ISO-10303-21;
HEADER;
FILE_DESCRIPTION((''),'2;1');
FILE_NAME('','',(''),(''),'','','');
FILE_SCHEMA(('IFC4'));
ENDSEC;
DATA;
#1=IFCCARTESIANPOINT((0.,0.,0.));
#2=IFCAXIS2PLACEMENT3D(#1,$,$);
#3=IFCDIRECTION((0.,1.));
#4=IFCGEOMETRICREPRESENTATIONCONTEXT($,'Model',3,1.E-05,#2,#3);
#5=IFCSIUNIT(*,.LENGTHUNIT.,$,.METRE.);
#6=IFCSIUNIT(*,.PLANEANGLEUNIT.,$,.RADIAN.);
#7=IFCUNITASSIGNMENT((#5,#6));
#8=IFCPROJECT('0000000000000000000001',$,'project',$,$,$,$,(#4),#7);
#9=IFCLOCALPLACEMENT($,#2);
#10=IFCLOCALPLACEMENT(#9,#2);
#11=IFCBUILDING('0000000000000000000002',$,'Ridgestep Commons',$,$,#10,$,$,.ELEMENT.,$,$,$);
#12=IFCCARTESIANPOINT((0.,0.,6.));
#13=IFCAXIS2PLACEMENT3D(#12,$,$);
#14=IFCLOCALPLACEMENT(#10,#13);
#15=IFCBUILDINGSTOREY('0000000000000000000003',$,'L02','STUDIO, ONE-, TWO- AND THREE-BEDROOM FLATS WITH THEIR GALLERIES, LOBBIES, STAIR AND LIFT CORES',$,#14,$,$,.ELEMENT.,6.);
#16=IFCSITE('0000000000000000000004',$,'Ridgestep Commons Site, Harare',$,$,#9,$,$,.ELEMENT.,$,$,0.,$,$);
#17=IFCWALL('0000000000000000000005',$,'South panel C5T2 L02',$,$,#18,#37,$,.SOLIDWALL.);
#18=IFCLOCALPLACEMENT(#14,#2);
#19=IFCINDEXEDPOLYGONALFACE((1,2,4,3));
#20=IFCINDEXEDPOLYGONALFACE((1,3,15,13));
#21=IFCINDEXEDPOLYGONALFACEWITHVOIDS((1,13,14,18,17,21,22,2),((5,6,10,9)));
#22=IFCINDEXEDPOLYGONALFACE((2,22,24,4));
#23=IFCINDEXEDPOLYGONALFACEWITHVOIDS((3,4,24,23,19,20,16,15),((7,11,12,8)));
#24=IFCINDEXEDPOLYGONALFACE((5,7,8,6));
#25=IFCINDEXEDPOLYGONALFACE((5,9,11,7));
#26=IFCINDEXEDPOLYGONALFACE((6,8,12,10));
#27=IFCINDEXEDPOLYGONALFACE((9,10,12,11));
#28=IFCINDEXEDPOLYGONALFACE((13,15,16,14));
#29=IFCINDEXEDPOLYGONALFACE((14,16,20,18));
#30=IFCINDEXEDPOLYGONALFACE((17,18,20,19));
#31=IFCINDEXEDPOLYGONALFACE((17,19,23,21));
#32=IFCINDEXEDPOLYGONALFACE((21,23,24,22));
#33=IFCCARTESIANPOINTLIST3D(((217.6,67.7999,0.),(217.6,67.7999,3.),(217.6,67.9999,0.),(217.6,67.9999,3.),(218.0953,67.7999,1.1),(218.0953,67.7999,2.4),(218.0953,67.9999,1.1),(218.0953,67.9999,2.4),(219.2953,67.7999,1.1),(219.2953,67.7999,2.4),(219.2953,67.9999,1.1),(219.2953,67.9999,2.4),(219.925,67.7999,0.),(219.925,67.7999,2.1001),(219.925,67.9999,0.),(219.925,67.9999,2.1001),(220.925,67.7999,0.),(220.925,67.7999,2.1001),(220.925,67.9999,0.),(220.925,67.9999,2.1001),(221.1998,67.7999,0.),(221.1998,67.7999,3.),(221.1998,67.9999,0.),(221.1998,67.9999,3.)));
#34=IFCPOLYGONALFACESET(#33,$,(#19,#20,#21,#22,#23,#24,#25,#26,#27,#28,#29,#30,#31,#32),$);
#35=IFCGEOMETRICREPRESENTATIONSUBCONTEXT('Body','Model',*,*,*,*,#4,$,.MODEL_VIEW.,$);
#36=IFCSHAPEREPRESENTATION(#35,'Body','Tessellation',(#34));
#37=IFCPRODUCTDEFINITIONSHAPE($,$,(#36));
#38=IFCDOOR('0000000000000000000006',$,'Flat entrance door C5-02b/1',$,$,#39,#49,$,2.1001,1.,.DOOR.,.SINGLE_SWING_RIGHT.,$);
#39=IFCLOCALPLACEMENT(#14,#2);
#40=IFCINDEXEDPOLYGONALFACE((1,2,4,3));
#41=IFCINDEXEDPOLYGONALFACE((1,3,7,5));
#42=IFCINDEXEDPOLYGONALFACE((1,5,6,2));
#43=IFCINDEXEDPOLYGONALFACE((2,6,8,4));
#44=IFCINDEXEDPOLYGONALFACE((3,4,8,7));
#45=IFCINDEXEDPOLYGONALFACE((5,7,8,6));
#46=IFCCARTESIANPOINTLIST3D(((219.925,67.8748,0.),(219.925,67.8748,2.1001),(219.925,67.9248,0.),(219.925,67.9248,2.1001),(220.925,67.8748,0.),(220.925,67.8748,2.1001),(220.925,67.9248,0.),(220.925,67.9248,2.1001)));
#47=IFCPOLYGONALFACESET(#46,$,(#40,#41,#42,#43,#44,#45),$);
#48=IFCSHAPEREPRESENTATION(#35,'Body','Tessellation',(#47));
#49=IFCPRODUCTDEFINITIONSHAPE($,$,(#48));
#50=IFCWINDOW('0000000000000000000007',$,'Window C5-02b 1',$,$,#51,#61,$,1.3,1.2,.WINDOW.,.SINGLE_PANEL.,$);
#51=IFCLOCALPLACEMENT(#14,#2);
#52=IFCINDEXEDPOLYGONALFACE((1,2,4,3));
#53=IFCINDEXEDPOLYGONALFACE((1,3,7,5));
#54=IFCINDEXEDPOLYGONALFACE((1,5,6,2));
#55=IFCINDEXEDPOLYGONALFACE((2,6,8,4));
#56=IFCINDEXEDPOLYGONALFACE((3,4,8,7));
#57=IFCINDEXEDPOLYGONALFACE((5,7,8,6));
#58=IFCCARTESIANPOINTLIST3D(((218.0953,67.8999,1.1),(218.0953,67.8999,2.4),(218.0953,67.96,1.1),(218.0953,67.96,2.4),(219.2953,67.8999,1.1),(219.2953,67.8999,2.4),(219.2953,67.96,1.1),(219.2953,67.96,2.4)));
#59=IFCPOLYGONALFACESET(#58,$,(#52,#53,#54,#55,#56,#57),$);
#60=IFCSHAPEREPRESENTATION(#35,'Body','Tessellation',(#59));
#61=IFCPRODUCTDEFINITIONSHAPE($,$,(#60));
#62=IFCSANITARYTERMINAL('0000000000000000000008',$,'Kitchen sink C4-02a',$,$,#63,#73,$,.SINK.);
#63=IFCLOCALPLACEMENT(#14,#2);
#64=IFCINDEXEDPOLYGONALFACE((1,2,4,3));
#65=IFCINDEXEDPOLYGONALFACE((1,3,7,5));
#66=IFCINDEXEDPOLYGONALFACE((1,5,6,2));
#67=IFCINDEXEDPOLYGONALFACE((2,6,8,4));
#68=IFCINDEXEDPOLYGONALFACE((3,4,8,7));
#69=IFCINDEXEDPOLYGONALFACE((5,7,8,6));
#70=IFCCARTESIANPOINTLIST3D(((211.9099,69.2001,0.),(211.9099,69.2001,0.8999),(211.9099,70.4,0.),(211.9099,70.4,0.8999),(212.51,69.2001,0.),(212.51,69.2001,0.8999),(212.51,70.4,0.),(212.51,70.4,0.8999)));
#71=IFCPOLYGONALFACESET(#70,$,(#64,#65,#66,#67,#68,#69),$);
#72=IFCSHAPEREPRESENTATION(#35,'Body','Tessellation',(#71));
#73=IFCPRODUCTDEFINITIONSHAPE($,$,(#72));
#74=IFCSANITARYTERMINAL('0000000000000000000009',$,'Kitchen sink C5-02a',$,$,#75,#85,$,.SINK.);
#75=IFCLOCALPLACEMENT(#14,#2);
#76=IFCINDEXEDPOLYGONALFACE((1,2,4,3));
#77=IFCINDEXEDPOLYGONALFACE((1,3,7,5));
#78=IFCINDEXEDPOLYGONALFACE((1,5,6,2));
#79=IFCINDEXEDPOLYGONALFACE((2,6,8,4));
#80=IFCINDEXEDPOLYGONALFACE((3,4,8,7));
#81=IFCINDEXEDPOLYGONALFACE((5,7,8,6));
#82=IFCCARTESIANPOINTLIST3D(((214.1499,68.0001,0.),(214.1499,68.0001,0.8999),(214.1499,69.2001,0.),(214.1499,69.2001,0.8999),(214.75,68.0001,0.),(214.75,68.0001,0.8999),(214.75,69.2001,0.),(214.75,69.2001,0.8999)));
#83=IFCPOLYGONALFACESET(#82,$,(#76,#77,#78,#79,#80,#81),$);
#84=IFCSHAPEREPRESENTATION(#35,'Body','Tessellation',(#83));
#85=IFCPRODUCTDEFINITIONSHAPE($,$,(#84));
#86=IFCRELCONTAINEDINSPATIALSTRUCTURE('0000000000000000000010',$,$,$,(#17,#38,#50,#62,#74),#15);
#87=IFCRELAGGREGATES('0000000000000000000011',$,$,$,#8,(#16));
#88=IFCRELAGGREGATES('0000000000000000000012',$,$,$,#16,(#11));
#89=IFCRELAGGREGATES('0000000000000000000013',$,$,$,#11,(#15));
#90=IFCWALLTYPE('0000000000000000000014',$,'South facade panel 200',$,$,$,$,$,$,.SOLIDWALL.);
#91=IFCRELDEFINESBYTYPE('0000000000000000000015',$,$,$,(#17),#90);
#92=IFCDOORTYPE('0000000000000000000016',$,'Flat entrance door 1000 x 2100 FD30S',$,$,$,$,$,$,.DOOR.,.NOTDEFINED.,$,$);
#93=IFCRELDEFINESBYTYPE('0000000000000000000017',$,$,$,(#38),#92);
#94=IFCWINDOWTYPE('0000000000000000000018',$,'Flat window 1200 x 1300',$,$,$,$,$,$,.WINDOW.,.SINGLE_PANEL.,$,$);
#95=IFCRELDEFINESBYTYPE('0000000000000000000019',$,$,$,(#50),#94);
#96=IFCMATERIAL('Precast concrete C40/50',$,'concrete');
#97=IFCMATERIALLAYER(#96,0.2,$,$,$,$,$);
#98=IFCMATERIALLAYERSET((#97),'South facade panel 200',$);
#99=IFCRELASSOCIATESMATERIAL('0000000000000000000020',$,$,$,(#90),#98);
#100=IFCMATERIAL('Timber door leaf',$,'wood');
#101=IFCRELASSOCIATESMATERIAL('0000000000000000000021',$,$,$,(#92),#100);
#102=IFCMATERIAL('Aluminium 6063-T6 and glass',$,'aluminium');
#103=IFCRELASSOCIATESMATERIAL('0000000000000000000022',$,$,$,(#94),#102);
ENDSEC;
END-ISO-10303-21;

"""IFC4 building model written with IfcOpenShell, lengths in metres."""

from ifc_helpers import new_model, si_unit, direction, frame, frame_2d, origin, origin_2d, place, context, subcontext, project, spatial, rectangle, extrude, material, layer, layer_set, type_object, element, fill, save


model = new_model("IFC4")

# Units and contexts
model_context = context("Model", 3, precision=1e-05, world=origin(), true_north=direction((0.0, 1.0)))
body_context = subcontext(model_context, "Body", "Model", "MODEL_VIEW")
ifc_project = project(units=[si_unit("LENGTHUNIT", "METRE"), si_unit("PLANEANGLEUNIT", "RADIAN")], contexts=[model_context])

# Site, building, storey
site_placement = place(None, origin())
site = spatial("IfcSite", under=ifc_project, at=site_placement, Name="Ridgestep Commons Site, Harare", CompositionType="ELEMENT", RefElevation=0.0)
building_placement = place(site_placement, origin())
building = spatial("IfcBuilding", under=site, at=building_placement, Name="Ridgestep Commons", CompositionType="ELEMENT")
storey_placement = place(building_placement, frame((0.0, 0.0, 6.0)))
storey = spatial("IfcBuildingStorey", under=building, at=storey_placement, Name="L02", Description="STUDIO, ONE-, TWO- AND THREE-BEDROOM FLATS WITH THEIR GALLERIES, LOBBIES, STAIR AND LIFT CORES", CompositionType="ELEMENT", Elevation=6.0)

# Wall, openings, door, window
ifc_material_1 = material(Name="Precast concrete C40/50", Category="concrete")
ifc_layer_1 = layer(ifc_material_1, 0.2)
ifc_layer_set_1 = layer_set([ifc_layer_1], Name="South facade panel 200")
wall_type_1 = type_object("IfcWallType", Name="South facade panel 200", PredefinedType="SOLIDWALL", material=ifc_layer_set_1)
ifc_material_2 = material(Name="Timber door leaf", Category="wood")
door_type_1 = type_object("IfcDoorType", Name="Flat entrance door 1000 x 2100 FD30S", OperationType="NOTDEFINED", PredefinedType="DOOR", material=ifc_material_2)
ifc_material_3 = material(Name="Aluminium 6063-T6 and glass", Category="aluminium")
window_type = type_object("IfcWindowType", Name="Flat window 1200 x 1300", PartitioningType="SINGLE_PANEL", PredefinedType="WINDOW", material=ifc_material_3)
wall_1_placement = place(storey_placement, frame((217.6001, 67.8999, 0.0), z_axis=(0.0, 0.0, 1.0), x_axis=(1.0, 0.0, 0.0)))
wall_1 = element("IfcWall", 1, at=wall_1_placement, inside=storey, type_object=wall_type_1, Name="South panel C5T2 L02", PredefinedType="SOLIDWALL", context=body_context, shape_type="SweptSolid", body=[
    extrude(rectangle(XDim=3.5999, YDim=0.2, at=frame_2d((1.7998, 0.0))), origin(), (0.0, 0.0, 1.0), 3.0),
])
opening_1_placement = place(wall_1_placement, frame((0.4951, 0.0, 1.1001)))
opening_1 = element("IfcOpeningElement", 2, at=opening_1_placement, cuts=wall_1, PredefinedType="OPENING", context=body_context, shape_type="SweptSolid", body=[
    extrude(rectangle(XDim=1.2, YDim=1.3, at=frame_2d((0.6001, 0.6499))), frame((0.0, 0.1099, 0.0), z_axis=(0.0, -1.0, 0.0), x_axis=(1.0, 0.0, 0.0)), (0.0, 0.0, 1.0), 0.22),
])
opening_2_placement = place(wall_1_placement, frame((2.325, 0.0, 0.0)))
opening_2 = element("IfcOpeningElement", 3, at=opening_2_placement, cuts=wall_1, PredefinedType="OPENING", context=body_context, shape_type="SweptSolid", body=[
    extrude(rectangle(XDim=1.0, YDim=2.1001, at=frame_2d((0.5, 1.05))), frame((0.0, 0.1099, 0.0), z_axis=(0.0, -1.0, 0.0), x_axis=(1.0, 0.0, 0.0)), (0.0, 0.0, 1.0), 0.22),
])
door_1_placement = place(opening_2_placement, origin())
door_1 = element("IfcDoor", 4, at=door_1_placement, inside=storey, type_object=door_type_1, Name="Flat entrance door C5-02b/1", OperationType="SINGLE_SWING_RIGHT", OverallHeight=2.1001, OverallWidth=1.0, PredefinedType="DOOR", context=body_context, shape_type="SweptSolid", body=[
    extrude(rectangle(XDim=1.0, YDim=2.1001, at=frame_2d((0.5, 1.05))), frame((0.0, 0.0249, 0.0), z_axis=(0.0, -1.0, 0.0), x_axis=(1.0, 0.0, 0.0)), (0.0, 0.0, 1.0), 0.05),
])
fill(opening_2, door_1)
window_1_placement = place(opening_1_placement, origin())
window_1 = element("IfcWindow", 5, at=window_1_placement, inside=storey, type_object=window_type, Name="Window C5-02b 1", OverallHeight=1.3, OverallWidth=1.2, PartitioningType="SINGLE_PANEL", PredefinedType="WINDOW", context=body_context, shape_type="SweptSolid", body=[
    extrude(rectangle(XDim=1.2, YDim=1.3, at=frame_2d((0.6001, 0.6499))), frame((0.0, 0.0601, 0.0), z_axis=(0.0, -1.0, 0.0), x_axis=(1.0, 0.0, 0.0)), (0.0, 0.0, 1.0), 0.0601),
])
fill(opening_1, window_1)

# Sanitary terminals
for number, where, z_axis, x_axis, name in (
    (6, (212.21, 69.8, 0.0), (0.0, 0.0, 1.0), (1.0, 0.0, 0.0), "Kitchen sink C4-02a"),
    (7, (214.45, 68.6001, 0.0), (0.0, 0.0, 1.0), (1.0, 0.0, 0.0), "Kitchen sink C5-02a"),
):
    element("IfcSanitaryTerminal", number, at=place(storey_placement, frame(where, z_axis=z_axis, x_axis=x_axis)), inside=storey, Name=name, PredefinedType="SINK", context=body_context, shape_type="SweptSolid", body=[
        extrude(rectangle(XDim=0.6001, YDim=1.2, at=origin_2d()), origin(), (0.0, 0.0, 1.0), 0.8999),
    ])

save(model, "model.ifc")
